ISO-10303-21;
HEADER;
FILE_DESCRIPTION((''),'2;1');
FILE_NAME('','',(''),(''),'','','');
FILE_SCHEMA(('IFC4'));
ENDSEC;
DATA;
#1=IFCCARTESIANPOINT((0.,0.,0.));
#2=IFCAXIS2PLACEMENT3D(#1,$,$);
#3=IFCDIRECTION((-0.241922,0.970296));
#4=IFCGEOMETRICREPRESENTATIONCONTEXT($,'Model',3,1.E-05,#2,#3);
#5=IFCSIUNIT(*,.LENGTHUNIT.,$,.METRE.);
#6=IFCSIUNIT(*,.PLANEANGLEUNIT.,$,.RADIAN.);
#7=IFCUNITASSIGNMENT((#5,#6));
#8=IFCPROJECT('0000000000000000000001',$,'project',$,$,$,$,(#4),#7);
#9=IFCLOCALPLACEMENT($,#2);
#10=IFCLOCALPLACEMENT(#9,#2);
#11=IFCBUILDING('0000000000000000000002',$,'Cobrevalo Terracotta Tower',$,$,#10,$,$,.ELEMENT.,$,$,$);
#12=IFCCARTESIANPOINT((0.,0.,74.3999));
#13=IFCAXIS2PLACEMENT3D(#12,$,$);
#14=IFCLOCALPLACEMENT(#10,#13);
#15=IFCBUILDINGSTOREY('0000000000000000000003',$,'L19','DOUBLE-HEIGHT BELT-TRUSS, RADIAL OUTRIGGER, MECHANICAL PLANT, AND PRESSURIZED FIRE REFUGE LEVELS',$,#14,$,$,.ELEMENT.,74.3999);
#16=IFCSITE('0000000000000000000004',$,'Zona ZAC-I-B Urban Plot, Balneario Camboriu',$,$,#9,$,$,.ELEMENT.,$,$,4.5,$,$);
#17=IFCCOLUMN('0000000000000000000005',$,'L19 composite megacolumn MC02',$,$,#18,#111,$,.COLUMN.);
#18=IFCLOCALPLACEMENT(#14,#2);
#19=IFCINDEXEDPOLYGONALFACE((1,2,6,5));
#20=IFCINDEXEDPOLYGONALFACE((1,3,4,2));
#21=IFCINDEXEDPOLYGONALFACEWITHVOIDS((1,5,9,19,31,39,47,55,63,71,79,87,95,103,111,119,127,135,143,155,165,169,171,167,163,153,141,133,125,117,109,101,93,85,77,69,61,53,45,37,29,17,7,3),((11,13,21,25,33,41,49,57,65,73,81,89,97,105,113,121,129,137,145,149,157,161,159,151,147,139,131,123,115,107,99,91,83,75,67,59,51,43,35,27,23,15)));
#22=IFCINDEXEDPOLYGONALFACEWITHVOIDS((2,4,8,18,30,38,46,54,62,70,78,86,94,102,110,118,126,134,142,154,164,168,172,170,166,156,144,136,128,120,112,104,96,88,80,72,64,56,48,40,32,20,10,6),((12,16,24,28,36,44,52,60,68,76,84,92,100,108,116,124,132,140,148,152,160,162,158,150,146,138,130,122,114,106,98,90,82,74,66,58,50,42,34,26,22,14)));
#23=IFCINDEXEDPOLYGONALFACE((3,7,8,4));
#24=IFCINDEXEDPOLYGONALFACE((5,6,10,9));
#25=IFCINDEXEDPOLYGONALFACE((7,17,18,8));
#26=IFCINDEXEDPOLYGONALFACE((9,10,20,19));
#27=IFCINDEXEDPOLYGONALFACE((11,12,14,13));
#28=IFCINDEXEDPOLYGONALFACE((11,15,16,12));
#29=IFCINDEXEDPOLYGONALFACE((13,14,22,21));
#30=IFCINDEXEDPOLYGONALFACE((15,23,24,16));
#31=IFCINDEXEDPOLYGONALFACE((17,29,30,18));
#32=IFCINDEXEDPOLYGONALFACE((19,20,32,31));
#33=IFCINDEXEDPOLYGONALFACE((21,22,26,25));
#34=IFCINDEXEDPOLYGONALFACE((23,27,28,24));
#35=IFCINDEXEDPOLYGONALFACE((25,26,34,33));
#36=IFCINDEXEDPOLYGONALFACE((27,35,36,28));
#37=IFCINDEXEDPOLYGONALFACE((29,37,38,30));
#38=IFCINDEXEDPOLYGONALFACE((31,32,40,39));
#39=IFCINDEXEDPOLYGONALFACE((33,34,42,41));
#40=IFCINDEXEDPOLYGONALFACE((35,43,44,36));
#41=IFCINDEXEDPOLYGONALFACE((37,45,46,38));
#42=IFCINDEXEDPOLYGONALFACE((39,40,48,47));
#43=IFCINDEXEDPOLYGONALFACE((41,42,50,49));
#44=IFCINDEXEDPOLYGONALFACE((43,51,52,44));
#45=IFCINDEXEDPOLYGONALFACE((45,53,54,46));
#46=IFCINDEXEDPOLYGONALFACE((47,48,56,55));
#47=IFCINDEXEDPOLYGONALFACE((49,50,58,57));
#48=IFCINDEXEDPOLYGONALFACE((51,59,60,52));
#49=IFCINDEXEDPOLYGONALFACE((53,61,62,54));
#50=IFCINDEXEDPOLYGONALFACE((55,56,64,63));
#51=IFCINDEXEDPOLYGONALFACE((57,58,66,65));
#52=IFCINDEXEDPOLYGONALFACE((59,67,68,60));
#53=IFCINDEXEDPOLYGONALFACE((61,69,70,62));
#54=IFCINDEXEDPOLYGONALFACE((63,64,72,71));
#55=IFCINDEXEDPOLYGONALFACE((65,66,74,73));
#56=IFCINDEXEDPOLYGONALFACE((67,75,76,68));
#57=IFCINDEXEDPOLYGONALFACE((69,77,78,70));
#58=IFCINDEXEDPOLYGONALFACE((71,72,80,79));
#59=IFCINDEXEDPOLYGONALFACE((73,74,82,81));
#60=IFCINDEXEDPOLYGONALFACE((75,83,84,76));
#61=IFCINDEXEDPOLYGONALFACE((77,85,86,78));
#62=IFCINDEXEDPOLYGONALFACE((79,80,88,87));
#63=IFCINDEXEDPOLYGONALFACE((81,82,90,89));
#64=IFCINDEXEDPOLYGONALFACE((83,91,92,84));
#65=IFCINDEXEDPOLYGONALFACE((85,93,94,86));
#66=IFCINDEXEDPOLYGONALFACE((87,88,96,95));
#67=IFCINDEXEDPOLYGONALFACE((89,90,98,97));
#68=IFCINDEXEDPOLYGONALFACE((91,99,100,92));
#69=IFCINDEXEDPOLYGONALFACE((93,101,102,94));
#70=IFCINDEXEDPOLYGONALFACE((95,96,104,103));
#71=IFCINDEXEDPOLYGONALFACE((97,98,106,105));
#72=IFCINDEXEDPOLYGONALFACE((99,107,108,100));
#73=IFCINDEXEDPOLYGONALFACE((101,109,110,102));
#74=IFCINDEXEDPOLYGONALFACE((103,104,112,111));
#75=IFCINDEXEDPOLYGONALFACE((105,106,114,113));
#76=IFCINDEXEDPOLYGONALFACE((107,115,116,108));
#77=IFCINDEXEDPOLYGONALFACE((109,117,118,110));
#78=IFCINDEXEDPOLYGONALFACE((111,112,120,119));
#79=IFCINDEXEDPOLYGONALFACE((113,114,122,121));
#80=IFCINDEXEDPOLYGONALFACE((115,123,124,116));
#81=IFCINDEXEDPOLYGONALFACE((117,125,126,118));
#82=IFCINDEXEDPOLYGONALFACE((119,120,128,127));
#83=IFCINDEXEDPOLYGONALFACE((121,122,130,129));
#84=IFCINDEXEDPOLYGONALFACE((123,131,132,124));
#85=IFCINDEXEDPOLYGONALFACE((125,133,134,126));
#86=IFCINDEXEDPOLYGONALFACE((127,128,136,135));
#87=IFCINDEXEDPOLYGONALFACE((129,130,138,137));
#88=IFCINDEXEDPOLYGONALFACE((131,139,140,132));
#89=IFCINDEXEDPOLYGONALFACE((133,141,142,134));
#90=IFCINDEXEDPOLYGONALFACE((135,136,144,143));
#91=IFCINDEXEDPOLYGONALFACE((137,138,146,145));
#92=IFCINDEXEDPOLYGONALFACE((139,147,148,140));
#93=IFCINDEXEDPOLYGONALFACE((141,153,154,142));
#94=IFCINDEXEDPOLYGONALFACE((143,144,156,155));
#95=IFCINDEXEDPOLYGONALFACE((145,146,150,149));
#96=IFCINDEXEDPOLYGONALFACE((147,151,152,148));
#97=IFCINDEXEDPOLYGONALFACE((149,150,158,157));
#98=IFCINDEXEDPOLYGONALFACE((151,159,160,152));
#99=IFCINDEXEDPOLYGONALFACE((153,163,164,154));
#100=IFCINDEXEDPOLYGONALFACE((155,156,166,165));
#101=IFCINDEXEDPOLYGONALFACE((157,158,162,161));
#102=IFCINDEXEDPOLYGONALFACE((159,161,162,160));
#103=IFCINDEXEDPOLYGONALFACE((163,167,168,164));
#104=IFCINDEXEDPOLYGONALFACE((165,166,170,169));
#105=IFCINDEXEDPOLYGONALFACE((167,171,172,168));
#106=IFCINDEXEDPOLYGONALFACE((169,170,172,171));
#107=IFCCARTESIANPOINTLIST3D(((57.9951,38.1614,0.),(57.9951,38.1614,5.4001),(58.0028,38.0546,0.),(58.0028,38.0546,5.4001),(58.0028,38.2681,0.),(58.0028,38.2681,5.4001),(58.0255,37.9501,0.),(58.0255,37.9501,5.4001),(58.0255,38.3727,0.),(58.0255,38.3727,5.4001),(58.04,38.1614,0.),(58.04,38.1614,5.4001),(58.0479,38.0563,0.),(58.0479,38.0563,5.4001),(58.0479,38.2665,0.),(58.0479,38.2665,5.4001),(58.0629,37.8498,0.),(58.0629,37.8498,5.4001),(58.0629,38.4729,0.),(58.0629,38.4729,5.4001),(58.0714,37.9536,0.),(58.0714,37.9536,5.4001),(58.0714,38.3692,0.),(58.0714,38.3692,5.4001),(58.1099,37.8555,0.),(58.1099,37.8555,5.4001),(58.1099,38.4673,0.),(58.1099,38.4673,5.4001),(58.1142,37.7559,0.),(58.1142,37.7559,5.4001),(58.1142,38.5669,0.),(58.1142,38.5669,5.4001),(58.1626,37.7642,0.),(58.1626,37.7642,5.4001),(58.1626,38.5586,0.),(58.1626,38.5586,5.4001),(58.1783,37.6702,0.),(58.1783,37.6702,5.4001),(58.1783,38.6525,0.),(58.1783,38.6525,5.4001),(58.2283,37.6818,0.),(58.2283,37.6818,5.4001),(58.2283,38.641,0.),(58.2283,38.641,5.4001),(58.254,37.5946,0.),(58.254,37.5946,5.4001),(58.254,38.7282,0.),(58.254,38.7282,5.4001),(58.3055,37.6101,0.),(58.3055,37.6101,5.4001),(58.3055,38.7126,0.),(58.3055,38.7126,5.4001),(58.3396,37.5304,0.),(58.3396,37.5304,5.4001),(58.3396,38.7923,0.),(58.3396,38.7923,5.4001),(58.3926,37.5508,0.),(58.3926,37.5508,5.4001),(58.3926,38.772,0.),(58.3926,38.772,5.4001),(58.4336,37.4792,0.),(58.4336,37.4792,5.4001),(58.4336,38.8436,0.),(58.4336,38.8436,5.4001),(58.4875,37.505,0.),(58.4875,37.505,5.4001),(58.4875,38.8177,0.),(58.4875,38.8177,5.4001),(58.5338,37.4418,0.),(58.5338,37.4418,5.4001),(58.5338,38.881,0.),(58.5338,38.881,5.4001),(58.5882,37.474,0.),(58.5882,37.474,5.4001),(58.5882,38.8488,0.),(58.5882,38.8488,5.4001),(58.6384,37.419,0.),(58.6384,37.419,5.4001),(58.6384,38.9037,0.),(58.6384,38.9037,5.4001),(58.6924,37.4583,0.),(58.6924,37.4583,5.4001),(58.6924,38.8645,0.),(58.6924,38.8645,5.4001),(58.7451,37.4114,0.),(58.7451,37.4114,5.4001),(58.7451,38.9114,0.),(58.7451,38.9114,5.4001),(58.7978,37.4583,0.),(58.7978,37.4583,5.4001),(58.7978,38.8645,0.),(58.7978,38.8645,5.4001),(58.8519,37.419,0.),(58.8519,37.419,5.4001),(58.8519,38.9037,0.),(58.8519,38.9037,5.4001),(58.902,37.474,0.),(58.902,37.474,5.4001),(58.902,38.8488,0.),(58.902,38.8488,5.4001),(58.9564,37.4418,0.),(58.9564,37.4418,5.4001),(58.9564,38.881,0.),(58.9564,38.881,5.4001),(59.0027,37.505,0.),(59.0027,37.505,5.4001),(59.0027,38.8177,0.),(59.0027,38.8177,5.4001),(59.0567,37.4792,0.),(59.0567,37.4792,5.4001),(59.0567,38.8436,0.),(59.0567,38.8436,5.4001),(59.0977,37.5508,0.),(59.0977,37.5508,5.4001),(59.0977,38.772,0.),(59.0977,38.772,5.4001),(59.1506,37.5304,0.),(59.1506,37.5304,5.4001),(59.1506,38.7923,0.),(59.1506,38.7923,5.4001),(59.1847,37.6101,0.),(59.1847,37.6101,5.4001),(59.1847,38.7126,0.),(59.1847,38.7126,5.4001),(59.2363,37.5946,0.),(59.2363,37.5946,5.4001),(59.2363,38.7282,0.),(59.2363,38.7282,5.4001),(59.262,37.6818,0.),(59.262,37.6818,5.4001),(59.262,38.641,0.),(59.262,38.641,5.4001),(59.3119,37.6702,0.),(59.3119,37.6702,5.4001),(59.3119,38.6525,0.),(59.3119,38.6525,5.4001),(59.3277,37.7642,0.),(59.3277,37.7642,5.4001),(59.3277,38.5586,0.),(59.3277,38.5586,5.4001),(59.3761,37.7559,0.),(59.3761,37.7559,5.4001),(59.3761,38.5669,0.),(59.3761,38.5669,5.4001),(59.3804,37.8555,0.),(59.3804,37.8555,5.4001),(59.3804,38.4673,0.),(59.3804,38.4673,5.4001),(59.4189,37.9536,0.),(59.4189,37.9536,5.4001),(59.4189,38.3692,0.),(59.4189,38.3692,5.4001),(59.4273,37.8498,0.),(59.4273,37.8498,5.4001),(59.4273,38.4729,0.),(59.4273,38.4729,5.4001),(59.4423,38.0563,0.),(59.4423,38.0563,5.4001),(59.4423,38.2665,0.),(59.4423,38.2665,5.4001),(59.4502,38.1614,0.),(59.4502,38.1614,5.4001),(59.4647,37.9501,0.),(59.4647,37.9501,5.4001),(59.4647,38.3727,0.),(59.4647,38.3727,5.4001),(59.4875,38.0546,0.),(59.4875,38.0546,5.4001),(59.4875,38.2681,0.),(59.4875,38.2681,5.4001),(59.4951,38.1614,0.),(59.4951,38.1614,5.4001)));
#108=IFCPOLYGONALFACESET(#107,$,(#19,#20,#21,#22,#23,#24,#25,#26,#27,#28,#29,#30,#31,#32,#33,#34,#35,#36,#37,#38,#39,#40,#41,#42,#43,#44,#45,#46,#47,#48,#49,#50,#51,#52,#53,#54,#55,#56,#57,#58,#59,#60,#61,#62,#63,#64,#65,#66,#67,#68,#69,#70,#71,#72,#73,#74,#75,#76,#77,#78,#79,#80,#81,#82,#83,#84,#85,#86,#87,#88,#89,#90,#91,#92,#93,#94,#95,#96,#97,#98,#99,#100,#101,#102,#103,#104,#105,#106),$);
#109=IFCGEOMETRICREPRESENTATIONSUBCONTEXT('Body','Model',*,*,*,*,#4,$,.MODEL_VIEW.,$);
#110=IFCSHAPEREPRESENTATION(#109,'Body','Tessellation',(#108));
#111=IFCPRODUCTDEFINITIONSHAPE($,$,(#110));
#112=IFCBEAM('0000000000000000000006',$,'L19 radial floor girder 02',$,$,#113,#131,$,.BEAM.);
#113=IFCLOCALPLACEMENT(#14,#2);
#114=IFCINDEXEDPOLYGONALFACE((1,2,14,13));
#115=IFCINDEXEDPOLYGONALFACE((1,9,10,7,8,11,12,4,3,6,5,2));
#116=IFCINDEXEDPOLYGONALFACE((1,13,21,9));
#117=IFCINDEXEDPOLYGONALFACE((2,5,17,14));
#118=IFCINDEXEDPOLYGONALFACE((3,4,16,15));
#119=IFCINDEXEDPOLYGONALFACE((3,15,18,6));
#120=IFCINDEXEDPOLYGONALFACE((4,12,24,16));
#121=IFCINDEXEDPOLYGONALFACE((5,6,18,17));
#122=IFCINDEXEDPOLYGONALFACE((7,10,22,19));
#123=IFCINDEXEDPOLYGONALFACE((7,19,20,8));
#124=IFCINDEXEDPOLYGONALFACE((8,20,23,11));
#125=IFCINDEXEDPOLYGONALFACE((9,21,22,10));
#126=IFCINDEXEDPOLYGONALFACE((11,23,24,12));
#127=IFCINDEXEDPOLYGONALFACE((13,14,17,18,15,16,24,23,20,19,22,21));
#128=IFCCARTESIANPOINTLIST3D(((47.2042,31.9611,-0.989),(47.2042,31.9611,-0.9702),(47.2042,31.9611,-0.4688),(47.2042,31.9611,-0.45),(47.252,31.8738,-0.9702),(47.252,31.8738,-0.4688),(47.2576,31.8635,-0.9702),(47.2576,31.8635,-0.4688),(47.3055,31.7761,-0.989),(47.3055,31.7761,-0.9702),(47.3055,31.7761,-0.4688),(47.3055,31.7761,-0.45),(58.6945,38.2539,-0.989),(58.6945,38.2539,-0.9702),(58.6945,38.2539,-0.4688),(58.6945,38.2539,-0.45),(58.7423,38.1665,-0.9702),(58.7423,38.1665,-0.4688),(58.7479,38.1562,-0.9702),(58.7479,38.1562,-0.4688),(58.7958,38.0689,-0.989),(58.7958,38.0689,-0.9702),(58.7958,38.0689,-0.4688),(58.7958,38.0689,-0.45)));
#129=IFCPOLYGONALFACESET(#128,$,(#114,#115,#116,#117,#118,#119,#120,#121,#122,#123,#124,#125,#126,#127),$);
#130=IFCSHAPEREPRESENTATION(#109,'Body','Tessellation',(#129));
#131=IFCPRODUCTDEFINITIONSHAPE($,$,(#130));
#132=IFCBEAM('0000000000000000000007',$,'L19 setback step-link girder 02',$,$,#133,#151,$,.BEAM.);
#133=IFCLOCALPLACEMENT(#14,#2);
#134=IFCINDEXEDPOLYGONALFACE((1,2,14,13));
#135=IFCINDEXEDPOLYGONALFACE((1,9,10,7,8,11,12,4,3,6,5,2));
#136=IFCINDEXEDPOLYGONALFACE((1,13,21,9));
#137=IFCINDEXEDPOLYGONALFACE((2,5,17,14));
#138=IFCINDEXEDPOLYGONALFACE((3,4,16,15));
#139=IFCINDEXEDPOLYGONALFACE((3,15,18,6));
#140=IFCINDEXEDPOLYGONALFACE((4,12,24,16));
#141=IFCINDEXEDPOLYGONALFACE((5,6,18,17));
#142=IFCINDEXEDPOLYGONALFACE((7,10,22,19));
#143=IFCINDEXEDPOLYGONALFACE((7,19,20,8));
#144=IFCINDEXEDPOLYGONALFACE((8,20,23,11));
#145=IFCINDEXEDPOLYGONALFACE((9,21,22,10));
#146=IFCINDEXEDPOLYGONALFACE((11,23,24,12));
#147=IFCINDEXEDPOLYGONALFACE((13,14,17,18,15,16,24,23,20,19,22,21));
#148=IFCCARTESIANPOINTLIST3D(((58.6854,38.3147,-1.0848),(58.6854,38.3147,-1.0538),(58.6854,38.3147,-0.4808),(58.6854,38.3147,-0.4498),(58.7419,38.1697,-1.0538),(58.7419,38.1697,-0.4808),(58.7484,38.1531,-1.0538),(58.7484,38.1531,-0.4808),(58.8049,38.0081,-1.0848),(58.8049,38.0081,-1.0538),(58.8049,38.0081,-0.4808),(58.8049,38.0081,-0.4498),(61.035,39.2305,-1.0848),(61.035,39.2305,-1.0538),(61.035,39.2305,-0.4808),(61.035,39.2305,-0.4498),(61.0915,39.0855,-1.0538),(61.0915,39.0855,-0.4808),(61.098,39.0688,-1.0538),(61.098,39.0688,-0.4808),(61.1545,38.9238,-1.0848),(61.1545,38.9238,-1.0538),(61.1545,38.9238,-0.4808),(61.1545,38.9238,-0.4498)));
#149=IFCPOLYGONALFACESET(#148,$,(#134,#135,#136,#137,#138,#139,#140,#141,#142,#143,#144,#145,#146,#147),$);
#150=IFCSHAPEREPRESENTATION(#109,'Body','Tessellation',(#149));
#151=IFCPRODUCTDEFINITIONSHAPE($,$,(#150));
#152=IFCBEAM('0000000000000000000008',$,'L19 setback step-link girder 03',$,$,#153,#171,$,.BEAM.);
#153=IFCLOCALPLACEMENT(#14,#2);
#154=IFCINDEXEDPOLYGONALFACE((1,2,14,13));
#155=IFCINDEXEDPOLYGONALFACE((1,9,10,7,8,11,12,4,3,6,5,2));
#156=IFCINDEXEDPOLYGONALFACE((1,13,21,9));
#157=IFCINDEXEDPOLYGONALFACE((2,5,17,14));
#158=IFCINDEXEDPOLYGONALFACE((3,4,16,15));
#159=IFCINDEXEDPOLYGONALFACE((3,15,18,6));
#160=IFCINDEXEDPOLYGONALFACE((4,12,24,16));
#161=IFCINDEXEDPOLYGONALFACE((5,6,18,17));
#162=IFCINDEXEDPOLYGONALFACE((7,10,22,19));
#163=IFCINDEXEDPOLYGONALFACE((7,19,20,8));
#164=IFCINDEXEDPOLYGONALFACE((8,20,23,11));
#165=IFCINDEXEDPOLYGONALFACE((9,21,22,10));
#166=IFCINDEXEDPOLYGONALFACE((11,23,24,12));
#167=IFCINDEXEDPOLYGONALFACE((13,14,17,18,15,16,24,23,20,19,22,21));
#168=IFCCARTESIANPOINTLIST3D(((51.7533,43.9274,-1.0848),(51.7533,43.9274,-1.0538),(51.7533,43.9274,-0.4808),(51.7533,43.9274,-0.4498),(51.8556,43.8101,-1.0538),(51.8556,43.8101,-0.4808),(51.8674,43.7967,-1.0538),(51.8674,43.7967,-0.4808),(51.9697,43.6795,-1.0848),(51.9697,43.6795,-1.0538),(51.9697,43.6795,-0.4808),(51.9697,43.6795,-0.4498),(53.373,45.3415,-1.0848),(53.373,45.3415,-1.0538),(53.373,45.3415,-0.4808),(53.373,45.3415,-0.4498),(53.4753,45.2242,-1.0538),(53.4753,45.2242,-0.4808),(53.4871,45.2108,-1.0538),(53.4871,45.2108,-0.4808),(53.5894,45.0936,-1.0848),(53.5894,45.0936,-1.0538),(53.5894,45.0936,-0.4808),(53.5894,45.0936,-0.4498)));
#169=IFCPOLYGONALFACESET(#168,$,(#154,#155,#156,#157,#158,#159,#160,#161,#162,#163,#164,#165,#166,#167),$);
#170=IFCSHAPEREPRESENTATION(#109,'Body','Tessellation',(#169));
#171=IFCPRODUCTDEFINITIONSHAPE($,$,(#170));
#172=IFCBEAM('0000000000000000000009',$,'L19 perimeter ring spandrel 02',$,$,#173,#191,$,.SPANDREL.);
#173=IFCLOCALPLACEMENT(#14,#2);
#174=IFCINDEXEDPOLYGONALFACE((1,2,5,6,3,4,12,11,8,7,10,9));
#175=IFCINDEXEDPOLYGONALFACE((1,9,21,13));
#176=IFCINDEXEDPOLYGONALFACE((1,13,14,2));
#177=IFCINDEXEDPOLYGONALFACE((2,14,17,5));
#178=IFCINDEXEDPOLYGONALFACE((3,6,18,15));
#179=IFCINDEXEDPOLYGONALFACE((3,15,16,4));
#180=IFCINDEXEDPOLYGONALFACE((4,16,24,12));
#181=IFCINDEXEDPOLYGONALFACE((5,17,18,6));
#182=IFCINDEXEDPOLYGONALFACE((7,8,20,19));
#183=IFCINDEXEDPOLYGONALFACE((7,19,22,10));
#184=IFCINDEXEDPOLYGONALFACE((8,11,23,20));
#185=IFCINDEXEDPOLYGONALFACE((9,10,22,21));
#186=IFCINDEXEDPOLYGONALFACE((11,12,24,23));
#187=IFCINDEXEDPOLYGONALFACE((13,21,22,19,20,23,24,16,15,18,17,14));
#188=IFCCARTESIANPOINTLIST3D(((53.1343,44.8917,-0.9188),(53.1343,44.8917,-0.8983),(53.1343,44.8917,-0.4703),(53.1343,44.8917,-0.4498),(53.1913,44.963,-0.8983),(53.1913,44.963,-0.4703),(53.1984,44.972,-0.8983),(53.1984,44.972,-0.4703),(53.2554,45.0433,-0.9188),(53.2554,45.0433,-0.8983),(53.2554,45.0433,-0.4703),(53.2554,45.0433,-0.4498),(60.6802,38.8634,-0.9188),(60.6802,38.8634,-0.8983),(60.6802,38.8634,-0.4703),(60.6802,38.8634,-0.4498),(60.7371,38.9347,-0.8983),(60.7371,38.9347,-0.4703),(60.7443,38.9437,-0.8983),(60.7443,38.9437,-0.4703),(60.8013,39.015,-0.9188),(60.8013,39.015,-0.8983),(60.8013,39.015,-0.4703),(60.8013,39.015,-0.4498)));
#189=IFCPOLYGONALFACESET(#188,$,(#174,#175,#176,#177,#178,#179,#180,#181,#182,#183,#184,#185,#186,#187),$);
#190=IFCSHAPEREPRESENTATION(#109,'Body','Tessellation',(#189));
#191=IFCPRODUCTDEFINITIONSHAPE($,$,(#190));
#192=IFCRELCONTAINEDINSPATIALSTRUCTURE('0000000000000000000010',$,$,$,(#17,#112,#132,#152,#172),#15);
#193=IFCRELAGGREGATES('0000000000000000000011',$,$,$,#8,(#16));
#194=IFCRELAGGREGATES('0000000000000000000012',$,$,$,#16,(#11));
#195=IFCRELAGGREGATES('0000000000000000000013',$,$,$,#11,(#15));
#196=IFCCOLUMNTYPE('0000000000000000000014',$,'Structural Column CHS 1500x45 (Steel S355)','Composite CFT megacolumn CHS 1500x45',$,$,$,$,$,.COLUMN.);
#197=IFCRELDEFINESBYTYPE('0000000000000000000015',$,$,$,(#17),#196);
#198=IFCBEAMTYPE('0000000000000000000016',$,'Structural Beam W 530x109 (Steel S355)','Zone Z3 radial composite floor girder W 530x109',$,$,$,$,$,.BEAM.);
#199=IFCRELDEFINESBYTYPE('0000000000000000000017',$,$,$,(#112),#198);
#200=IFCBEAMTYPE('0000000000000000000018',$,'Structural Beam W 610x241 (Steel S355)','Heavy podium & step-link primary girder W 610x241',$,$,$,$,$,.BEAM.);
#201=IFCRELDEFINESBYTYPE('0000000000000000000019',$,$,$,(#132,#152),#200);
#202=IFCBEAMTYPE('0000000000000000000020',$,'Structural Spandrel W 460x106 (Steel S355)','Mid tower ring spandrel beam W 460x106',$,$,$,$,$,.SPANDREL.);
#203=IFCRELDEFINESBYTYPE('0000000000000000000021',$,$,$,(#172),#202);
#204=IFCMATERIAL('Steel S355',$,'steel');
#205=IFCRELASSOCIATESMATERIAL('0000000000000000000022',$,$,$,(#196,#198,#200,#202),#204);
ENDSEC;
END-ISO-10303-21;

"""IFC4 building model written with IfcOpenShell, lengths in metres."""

from ifc_helpers import new_model, si_unit, direction, frame, origin, origin_2d, place, context, subcontext, project, spatial, hollow_circle, i_section, extrude, material, material_profile, profile_set, type_object, element, save


model = new_model("IFC4")

# Units and contexts
model_context = context("Model", 3, precision=1e-05, world=origin(), true_north=direction((-0.241922, 0.970296)))
body_context = subcontext(model_context, "Body", "Model", "MODEL_VIEW")
ifc_project = project(units=[si_unit("LENGTHUNIT", "METRE"), si_unit("PLANEANGLEUNIT", "RADIAN")], contexts=[model_context])

# Site, building, storey
site_placement = place(None, origin())
site = spatial("IfcSite", under=ifc_project, at=site_placement, Name="Zona ZAC-I-B Urban Plot, Balneario Camboriu", CompositionType="ELEMENT", RefElevation=4.5)
building_placement = place(site_placement, origin())
building = spatial("IfcBuilding", under=site, at=building_placement, Name="Cobrevalo Terracotta Tower", CompositionType="ELEMENT")
storey_placement = place(building_placement, frame((0.0, 0.0, 74.3999)))
storey = spatial("IfcBuildingStorey", under=building, at=storey_placement, Name="L19", Description="DOUBLE-HEIGHT BELT-TRUSS, RADIAL OUTRIGGER, MECHANICAL PLANT, AND PRESSURIZED FIRE REFUGE LEVELS", CompositionType="ELEMENT", Elevation=74.3999)

# Column
ifc_material_1 = material(Name="Steel S355", Category="steel")
ifc_material_profile_1 = material_profile(ifc_material_1, hollow_circle(Radius=0.75, WallThickness=0.0449, at=origin_2d()), Name="CHS 1500x45")
ifc_profile_set_1 = profile_set([ifc_material_profile_1], Name="Steel S355")
column_type = type_object("IfcColumnType", Name="Structural Column CHS 1500x45 (Steel S355)", Description="Composite CFT megacolumn CHS 1500x45", PredefinedType="COLUMN", material=ifc_profile_set_1)
column_placement = place(storey_placement, frame((58.7451, 38.1614, 0.0), z_axis=(0.0, 0.0, 1.0), x_axis=(1.0, 0.0, 0.0)))
element("IfcColumn", 1, at=column_placement, inside=storey, type_object=column_type, Name="L19 composite megacolumn MC02", PredefinedType="COLUMN", context=body_context, shape_type="SweptSolid", body=[
    extrude(hollow_circle(Radius=0.75, WallThickness=0.0449, at=origin_2d()), origin(), (0.0, 0.0, 1.0), 5.4001),
])

# Beams
ifc_material_profile_2 = material_profile(ifc_material_1, i_section(OverallWidth=0.2109, OverallDepth=0.5391, WebThickness=0.0117, FlangeThickness=0.0188, at=origin_2d()), Name="W 530x109")
ifc_profile_set_2 = profile_set([ifc_material_profile_2], Name="Steel S355")
beam_type_1 = type_object("IfcBeamType", Name="Structural Beam W 530x109 (Steel S355)", Description="Zone Z3 radial composite floor girder W 530x109", PredefinedType="BEAM", material=ifc_profile_set_2)
beam_1_placement = place(storey_placement, frame((58.7451, 38.1614, -0.7195), z_axis=(-0.877082, -0.480341, 0.0), x_axis=(0.480341, -0.877082, 0.0)))
element("IfcBeam", 2, at=beam_1_placement, inside=storey, type_object=beam_type_1, Name="L19 radial floor girder 02", PredefinedType="BEAM", context=body_context, shape_type="SweptSolid", body=[
    extrude(i_section(OverallWidth=0.2109, OverallDepth=0.5391, WebThickness=0.0117, FlangeThickness=0.0188, at=origin_2d()), origin(), (0.0, 0.0, 1.0), 13.1006),
])
ifc_material_profile_3 = material_profile(ifc_material_1, i_section(OverallWidth=0.3291, OverallDepth=0.635, WebThickness=0.0178, FlangeThickness=0.031, at=origin_2d()), Name="W 610x241")
ifc_profile_set_3 = profile_set([ifc_material_profile_3], Name="Steel S355")
beam_type_2 = type_object("IfcBeamType", Name="Structural Beam W 610x241 (Steel S355)", Description="Heavy podium & step-link primary girder W 610x241", PredefinedType="BEAM", material=ifc_profile_set_3)
beam_2_placement = place(storey_placement, frame((61.0947, 39.0771, -0.7673), z_axis=(-0.931732, -0.363147, 0.0), x_axis=(0.363147, -0.931732, 0.0)))
element("IfcBeam", 3, at=beam_2_placement, inside=storey, type_object=beam_type_2, Name="L19 setback step-link girder 02", PredefinedType="BEAM", context=body_context, shape_type="SweptSolid", body=[
    extrude(i_section(OverallWidth=0.3291, OverallDepth=0.635, WebThickness=0.0178, FlangeThickness=0.031, at=origin_2d()), origin(), (0.0, 0.0, 1.0), 2.5217),
])
beam_3_placement = place(storey_placement, frame((53.4812, 45.2175, -0.7673), z_axis=(-0.753294, -0.657684, 0.0), x_axis=(0.657684, -0.753294, 0.0)))
element("IfcBeam", 4, at=beam_3_placement, inside=storey, type_object=beam_type_2, Name="L19 setback step-link girder 03", PredefinedType="BEAM", context=body_context, shape_type="SweptSolid", body=[
    extrude(i_section(OverallWidth=0.3291, OverallDepth=0.635, WebThickness=0.0178, FlangeThickness=0.031, at=origin_2d()), origin(), (0.0, 0.0, 1.0), 2.1501),
])
ifc_material_profile_4 = material_profile(ifc_material_1, i_section(OverallWidth=0.1941, OverallDepth=0.469, WebThickness=0.0115, FlangeThickness=0.0205, at=origin_2d()), Name="W 460x106")
ifc_profile_set_4 = profile_set([ifc_material_profile_4], Name="Steel S355")
beam_type_3 = type_object("IfcBeamType", Name="Structural Spandrel W 460x106 (Steel S355)", Description="Mid tower ring spandrel beam W 460x106", PredefinedType="SPANDREL", material=ifc_profile_set_4)
beam_4_placement = place(storey_placement, frame((60.7407, 38.9392, -0.6843), z_axis=(-0.781293, 0.624165, 0.0), x_axis=(-0.624165, -0.781293, 0.0)))
element("IfcBeam", 5, at=beam_4_placement, inside=storey, type_object=beam_type_3, Name="L19 perimeter ring spandrel 02", PredefinedType="SPANDREL", context=body_context, shape_type="SweptSolid", body=[
    extrude(i_section(OverallWidth=0.1941, OverallDepth=0.469, WebThickness=0.0115, FlangeThickness=0.0205, at=origin_2d()), origin(), (0.0, 0.0, 1.0), 9.6582),
])

save(model, "model.ifc")
